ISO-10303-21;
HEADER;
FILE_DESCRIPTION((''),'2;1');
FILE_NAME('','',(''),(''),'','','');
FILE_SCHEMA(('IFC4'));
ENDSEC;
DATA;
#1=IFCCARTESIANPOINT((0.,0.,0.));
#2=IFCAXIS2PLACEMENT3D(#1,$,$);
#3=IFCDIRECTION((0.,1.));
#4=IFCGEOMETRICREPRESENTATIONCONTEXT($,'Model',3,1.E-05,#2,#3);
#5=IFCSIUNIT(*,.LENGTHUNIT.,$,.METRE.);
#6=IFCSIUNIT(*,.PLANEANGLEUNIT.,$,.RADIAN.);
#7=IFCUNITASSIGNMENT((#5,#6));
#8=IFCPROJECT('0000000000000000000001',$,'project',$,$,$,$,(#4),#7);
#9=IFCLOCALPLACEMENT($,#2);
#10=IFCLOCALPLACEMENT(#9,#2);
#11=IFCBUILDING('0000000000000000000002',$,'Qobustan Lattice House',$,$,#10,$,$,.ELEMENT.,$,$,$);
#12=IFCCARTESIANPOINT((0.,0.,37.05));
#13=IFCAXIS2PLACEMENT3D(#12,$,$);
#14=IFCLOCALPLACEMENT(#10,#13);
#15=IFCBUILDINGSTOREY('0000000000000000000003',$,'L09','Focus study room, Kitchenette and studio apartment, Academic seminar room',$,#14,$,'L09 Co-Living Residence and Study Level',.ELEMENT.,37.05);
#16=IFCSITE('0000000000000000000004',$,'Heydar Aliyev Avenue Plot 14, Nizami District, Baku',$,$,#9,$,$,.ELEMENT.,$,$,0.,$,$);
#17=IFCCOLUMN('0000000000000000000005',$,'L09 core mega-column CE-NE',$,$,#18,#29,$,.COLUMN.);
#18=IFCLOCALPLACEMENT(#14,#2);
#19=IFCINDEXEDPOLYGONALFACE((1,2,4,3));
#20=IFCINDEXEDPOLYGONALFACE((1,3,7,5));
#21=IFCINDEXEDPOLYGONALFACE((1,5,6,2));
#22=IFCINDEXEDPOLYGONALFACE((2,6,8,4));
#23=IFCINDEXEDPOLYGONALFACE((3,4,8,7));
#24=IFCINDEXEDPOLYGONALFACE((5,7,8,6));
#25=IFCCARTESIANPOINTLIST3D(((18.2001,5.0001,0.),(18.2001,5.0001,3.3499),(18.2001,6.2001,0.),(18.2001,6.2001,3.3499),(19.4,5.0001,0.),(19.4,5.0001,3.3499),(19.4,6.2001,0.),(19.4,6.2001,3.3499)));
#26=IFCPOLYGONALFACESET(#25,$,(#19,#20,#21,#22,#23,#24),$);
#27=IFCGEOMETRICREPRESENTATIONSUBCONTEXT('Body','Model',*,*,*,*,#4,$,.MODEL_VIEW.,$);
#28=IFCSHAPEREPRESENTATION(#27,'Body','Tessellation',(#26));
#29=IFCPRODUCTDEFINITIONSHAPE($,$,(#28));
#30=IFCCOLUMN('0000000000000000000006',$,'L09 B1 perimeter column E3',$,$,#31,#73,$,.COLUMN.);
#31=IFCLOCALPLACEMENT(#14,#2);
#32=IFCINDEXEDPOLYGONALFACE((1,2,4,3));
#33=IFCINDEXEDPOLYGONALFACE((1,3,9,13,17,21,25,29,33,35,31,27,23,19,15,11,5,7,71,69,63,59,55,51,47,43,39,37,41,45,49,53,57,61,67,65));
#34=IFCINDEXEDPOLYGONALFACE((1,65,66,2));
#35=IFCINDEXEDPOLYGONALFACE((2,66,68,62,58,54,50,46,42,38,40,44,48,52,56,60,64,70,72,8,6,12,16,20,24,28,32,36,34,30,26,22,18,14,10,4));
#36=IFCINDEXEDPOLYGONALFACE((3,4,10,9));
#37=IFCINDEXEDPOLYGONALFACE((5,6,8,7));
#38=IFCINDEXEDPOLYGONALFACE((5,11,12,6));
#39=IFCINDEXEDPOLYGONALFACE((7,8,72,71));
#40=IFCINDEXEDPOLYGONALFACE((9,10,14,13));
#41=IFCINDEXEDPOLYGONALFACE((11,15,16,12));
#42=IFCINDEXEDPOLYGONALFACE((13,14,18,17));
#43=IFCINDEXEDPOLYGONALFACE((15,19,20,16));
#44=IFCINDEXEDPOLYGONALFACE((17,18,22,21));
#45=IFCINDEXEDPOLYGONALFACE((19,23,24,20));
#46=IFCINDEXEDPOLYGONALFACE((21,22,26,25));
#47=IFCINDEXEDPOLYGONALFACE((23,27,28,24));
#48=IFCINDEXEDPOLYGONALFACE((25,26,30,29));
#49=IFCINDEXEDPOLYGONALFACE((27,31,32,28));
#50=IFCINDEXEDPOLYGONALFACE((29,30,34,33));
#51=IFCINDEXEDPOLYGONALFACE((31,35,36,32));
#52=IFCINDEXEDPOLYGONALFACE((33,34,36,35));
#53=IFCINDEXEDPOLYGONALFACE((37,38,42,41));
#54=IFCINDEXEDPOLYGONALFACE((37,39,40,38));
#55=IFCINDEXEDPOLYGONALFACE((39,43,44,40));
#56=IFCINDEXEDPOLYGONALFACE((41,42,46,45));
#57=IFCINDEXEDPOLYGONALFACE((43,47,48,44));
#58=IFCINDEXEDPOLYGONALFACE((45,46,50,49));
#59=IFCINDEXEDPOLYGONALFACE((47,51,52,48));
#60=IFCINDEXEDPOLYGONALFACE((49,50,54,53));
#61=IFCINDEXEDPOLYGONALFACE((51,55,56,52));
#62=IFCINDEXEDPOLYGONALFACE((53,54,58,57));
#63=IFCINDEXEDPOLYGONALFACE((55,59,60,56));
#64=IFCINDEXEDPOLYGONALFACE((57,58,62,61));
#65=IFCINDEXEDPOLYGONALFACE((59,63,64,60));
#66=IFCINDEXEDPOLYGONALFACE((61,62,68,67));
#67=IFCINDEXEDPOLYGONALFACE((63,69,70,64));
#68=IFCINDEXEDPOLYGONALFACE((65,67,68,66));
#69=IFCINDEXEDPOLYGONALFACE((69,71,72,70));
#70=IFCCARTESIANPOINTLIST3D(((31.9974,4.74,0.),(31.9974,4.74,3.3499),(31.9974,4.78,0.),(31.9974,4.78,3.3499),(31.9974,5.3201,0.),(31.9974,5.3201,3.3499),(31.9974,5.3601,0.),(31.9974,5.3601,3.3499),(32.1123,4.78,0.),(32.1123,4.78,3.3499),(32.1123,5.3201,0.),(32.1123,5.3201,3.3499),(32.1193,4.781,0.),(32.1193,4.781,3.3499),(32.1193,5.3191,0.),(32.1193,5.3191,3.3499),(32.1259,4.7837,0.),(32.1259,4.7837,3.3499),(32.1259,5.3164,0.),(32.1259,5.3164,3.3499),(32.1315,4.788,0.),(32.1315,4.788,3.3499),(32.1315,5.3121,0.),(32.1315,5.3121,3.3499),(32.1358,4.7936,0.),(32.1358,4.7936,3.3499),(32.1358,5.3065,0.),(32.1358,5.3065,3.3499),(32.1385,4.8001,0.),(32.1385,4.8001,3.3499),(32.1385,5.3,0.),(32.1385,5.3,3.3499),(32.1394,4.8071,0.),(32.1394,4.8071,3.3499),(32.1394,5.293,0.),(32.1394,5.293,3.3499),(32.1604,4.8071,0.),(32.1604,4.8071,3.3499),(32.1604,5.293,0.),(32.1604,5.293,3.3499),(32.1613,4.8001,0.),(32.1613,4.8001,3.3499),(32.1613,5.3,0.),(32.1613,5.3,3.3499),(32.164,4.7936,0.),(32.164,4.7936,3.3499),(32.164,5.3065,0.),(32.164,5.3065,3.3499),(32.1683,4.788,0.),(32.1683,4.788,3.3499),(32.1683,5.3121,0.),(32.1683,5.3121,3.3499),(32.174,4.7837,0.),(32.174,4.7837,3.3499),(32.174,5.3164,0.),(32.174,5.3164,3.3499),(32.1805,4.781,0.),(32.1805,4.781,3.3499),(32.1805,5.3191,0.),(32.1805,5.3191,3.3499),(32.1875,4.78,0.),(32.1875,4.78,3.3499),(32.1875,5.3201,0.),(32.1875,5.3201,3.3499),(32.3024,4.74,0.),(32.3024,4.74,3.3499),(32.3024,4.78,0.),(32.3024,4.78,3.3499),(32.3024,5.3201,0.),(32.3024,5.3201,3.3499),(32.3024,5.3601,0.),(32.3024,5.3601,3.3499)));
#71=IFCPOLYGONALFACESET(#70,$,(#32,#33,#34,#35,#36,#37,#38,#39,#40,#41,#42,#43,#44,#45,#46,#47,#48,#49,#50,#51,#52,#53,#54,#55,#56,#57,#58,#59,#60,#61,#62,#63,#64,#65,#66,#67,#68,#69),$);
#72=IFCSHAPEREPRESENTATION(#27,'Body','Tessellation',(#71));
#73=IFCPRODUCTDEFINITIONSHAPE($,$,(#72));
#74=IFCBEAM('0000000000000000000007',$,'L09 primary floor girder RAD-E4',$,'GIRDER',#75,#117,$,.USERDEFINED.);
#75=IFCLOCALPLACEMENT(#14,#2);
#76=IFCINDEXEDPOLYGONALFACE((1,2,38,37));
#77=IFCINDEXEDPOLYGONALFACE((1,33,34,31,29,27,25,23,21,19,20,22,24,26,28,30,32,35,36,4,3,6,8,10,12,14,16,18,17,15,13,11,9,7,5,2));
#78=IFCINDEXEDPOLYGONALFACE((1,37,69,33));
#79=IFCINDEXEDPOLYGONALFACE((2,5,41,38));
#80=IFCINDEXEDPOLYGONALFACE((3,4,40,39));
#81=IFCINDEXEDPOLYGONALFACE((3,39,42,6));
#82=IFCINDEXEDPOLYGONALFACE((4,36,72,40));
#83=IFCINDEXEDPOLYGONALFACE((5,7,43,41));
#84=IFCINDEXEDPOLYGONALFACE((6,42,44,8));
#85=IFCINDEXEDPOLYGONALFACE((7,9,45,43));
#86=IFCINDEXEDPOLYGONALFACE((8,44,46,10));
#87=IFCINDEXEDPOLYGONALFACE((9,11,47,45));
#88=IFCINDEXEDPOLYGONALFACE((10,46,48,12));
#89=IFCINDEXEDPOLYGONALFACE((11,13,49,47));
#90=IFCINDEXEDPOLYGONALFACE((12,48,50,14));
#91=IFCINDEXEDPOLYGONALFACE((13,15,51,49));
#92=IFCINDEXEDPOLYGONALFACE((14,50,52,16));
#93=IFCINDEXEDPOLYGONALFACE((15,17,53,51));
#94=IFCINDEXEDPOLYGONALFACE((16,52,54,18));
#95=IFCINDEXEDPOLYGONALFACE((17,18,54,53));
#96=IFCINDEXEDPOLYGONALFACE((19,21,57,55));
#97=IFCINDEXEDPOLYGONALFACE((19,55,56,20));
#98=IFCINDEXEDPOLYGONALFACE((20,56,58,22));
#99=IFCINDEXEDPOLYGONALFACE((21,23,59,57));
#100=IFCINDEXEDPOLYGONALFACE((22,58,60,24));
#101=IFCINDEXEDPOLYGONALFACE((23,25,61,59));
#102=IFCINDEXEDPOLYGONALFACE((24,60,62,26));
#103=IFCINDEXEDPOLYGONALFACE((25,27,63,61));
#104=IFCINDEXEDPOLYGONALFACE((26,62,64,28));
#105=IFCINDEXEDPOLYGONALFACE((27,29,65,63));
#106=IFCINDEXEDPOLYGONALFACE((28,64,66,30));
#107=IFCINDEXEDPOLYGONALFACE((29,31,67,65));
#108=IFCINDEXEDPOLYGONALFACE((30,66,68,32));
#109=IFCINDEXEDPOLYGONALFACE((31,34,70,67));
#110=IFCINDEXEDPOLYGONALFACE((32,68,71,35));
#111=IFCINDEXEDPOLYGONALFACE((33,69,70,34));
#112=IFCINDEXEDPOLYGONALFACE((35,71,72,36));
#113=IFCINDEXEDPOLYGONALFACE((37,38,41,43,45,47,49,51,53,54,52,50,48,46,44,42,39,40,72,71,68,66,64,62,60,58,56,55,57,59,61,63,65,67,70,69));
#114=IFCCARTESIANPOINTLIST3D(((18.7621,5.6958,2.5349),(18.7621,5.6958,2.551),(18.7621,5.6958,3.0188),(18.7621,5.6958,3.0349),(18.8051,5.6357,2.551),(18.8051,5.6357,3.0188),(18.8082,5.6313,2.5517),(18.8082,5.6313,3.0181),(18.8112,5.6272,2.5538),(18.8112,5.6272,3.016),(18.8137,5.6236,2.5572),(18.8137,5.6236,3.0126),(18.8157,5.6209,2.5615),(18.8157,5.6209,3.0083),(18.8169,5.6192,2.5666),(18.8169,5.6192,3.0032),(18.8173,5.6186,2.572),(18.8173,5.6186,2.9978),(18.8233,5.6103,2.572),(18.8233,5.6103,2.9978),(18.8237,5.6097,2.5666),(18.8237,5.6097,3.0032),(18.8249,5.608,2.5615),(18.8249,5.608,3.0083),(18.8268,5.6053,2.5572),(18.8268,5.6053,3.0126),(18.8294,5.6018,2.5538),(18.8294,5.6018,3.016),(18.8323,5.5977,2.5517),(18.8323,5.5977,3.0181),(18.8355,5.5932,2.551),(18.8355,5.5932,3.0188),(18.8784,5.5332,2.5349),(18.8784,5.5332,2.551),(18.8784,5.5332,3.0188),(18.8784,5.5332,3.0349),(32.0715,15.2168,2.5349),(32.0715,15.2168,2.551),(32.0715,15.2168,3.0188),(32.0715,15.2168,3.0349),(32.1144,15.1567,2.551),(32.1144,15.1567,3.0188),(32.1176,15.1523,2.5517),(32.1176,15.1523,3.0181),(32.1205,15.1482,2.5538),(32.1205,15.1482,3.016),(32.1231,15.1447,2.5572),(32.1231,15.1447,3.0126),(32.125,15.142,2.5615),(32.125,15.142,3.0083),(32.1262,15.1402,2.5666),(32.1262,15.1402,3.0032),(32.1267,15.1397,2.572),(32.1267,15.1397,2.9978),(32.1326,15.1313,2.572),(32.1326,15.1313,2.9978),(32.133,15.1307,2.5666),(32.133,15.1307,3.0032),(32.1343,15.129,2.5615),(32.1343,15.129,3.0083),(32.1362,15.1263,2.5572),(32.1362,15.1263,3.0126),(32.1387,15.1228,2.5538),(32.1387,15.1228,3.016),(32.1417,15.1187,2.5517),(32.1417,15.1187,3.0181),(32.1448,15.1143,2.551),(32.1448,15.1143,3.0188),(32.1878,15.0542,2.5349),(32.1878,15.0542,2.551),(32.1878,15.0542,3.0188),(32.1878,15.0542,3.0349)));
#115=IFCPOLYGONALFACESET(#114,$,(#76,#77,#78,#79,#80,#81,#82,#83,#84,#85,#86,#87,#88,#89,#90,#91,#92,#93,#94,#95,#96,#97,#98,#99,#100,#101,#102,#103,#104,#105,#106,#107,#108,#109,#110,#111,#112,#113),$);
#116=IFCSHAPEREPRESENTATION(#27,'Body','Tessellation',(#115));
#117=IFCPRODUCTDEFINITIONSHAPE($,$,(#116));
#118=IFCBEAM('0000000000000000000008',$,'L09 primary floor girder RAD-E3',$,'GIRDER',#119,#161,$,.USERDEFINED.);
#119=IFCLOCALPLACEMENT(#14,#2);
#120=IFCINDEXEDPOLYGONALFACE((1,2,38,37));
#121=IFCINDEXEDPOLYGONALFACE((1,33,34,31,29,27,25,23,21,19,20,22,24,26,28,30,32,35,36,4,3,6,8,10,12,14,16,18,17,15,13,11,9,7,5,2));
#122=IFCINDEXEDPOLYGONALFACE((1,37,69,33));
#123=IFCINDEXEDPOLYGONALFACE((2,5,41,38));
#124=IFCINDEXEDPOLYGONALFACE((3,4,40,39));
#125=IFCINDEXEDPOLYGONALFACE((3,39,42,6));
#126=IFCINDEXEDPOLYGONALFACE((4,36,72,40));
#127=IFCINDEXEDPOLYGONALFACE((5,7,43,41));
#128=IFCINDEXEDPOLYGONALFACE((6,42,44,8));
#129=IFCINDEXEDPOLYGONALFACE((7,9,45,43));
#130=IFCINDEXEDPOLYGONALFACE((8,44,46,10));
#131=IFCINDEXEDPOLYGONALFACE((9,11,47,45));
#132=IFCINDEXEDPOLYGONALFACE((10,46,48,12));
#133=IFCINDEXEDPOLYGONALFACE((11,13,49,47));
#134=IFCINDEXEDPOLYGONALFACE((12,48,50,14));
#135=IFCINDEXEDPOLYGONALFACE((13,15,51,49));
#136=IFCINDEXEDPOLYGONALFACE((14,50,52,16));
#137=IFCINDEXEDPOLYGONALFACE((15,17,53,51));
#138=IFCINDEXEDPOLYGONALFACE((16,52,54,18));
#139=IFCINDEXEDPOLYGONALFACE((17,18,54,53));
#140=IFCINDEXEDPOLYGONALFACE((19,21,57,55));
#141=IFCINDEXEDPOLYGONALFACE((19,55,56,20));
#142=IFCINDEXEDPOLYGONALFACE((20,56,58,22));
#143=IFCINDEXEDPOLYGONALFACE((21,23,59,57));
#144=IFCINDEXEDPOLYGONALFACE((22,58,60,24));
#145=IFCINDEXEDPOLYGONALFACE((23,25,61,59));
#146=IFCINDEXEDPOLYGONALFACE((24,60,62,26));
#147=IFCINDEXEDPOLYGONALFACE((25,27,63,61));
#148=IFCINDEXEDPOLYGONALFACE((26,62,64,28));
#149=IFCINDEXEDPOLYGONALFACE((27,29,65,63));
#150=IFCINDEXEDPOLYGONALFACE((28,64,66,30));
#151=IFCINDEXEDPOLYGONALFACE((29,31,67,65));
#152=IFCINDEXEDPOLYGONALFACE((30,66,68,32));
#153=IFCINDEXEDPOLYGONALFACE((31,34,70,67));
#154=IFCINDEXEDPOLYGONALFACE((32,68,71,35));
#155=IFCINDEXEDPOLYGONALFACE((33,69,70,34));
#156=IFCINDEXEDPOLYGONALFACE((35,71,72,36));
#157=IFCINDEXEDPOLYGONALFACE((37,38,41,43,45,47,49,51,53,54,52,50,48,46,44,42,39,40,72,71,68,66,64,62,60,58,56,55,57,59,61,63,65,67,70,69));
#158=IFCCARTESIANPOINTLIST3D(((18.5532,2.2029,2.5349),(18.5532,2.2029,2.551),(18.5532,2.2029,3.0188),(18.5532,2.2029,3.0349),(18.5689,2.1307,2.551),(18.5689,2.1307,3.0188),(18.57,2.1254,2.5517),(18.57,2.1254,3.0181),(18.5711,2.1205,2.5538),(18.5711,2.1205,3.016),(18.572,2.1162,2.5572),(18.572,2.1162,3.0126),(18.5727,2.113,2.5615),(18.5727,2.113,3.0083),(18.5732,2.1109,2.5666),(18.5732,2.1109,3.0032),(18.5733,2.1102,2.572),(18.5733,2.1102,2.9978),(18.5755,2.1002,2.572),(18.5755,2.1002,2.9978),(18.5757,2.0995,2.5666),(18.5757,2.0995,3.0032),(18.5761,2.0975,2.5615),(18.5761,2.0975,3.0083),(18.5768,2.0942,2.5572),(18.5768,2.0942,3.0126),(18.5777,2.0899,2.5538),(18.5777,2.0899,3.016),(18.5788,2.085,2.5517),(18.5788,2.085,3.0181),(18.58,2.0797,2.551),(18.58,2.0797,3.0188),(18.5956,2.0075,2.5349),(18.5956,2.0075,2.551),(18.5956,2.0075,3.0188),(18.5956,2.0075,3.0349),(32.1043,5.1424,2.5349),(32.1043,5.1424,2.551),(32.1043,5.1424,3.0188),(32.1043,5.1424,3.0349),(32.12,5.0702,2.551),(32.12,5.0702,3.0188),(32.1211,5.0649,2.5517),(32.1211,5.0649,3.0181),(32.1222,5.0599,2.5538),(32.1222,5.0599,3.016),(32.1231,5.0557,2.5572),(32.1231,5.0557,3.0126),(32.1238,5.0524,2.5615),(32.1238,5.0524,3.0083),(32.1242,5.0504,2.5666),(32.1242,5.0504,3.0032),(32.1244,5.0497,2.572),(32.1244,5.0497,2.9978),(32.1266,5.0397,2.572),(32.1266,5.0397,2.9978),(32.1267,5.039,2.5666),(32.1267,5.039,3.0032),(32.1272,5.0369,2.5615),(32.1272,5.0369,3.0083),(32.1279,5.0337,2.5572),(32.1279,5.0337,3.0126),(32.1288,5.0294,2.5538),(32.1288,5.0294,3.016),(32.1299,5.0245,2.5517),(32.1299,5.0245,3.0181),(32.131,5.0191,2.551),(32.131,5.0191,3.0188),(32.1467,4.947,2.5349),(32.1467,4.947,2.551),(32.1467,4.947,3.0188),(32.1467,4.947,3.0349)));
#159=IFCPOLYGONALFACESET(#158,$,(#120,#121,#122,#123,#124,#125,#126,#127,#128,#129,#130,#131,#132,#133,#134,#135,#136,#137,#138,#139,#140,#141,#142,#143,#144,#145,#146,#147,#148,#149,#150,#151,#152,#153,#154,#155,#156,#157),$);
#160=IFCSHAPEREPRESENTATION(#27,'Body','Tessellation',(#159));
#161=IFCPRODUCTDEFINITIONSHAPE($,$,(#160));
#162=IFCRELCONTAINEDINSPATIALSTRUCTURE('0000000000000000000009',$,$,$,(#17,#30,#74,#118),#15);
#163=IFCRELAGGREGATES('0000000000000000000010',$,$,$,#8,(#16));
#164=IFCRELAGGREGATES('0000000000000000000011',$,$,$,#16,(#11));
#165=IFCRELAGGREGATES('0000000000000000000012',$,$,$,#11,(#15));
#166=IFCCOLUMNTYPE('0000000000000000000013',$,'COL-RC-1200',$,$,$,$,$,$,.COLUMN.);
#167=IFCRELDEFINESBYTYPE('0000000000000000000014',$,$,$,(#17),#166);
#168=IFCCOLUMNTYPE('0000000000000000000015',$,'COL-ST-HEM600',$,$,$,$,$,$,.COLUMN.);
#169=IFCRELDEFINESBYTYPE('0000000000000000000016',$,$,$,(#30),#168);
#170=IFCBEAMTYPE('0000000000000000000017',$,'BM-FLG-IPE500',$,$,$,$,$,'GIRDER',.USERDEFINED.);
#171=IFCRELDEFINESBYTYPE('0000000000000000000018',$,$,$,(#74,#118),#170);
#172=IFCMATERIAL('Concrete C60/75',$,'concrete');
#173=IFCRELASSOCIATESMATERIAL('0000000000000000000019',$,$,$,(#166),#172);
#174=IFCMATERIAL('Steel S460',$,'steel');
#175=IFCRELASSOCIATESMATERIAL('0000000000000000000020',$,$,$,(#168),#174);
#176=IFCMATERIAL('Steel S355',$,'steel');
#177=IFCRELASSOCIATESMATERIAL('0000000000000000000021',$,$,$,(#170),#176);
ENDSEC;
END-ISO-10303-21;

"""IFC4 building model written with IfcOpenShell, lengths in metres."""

from ifc_helpers import new_model, si_unit, direction, frame, origin, origin_2d, place, context, subcontext, project, spatial, rectangle, i_section, extrude, material, material_profile, profile_set, type_object, element, save


model = new_model("IFC4")

# Units and contexts
model_context = context("Model", 3, precision=1e-05, world=origin(), true_north=direction((0.0, 1.0)))
body_context = subcontext(model_context, "Body", "Model", "MODEL_VIEW")
ifc_project = project(units=[si_unit("LENGTHUNIT", "METRE"), si_unit("PLANEANGLEUNIT", "RADIAN")], contexts=[model_context])

# Site, building, storey
site_placement = place(None, origin())
site = spatial("IfcSite", under=ifc_project, at=site_placement, Name="Heydar Aliyev Avenue Plot 14, Nizami District, Baku", CompositionType="ELEMENT", RefElevation=0.0)
building_placement = place(site_placement, origin())
building = spatial("IfcBuilding", under=site, at=building_placement, Name="Qobustan Lattice House", CompositionType="ELEMENT")
storey_placement = place(building_placement, frame((0.0, 0.0, 37.05)))
storey = spatial("IfcBuildingStorey", under=building, at=storey_placement, Name="L09", Description="Focus study room, Kitchenette and studio apartment, Academic seminar room", LongName="L09 Co-Living Residence and Study Level", CompositionType="ELEMENT", Elevation=37.05)

# Columns
ifc_material_1 = material(Name="Concrete C60/75", Category="concrete")
ifc_material_profile_1 = material_profile(ifc_material_1, rectangle(XDim=1.2, YDim=1.2, at=origin_2d()), Name="RC1200x1200")
ifc_profile_set_1 = profile_set([ifc_material_profile_1], Name="Concrete C60/75")
column_type_1 = type_object("IfcColumnType", Name="COL-RC-1200", PredefinedType="COLUMN", material=ifc_profile_set_1)
column_1_placement = place(storey_placement, frame((18.8, 5.6001, 0.0), z_axis=(0.0, 0.0, 1.0), x_axis=(1.0, 0.0, 0.0)))
element("IfcColumn", 1, at=column_1_placement, inside=storey, type_object=column_type_1, Name="L09 core mega-column CE-NE", PredefinedType="COLUMN", context=body_context, shape_type="SweptSolid", body=[
    extrude(rectangle(XDim=1.2, YDim=1.2, at=origin_2d()), origin(), (0.0, 0.0, 1.0), 3.3499),
])
ifc_material_2 = material(Name="Steel S460", Category="steel")
ifc_material_profile_2 = material_profile(ifc_material_2, i_section(OverallWidth=0.3049, OverallDepth=0.6201, WebThickness=0.021, FlangeThickness=0.04, FilletRadius=0.0271, at=origin_2d()), Name="HEM600")
ifc_profile_set_2 = profile_set([ifc_material_profile_2], Name="Steel S460")
column_type_2 = type_object("IfcColumnType", Name="COL-ST-HEM600", PredefinedType="COLUMN", material=ifc_profile_set_2)
column_2_placement = place(storey_placement, frame((32.1499, 5.05, 0.0), z_axis=(0.0, 0.0, 1.0), x_axis=(1.0, 0.0, 0.0)))
element("IfcColumn", 2, at=column_2_placement, inside=storey, type_object=column_type_2, Name="L09 B1 perimeter column E3", PredefinedType="COLUMN", context=body_context, shape_type="SweptSolid", body=[
    extrude(i_section(OverallWidth=0.3049, OverallDepth=0.6201, WebThickness=0.021, FlangeThickness=0.04, FilletRadius=0.0271, at=origin_2d()), origin(), (0.0, 0.0, 1.0), 3.3499),
])

# Beams
ifc_material_3 = material(Name="Steel S355", Category="steel")
ifc_material_profile_3 = material_profile(ifc_material_3, i_section(OverallWidth=0.2, OverallDepth=0.5, WebThickness=0.0103, FlangeThickness=0.0161, FilletRadius=0.021, at=origin_2d()), Name="IPE500")
ifc_profile_set_3 = profile_set([ifc_material_profile_3], Name="Steel S355")
beam_type_1 = type_object("IfcBeamType", Name="BM-FLG-IPE500", ElementType="GIRDER", PredefinedType="USERDEFINED", material=ifc_profile_set_3)
beam_1_placement = place(storey_placement, frame((32.1296, 15.1355, 2.7849), z_axis=(-0.813319, -0.581818, 0.0), x_axis=(0.581818, -0.813319, 0.0)))
element("IfcBeam", 3, at=beam_1_placement, inside=storey, type_object=beam_type_1, Name="L09 primary floor girder RAD-E4", ObjectType="GIRDER", PredefinedType="USERDEFINED", context=body_context, shape_type="SweptSolid", body=[
    extrude(i_section(OverallWidth=0.2, OverallDepth=0.5, WebThickness=0.0103, FlangeThickness=0.0161, FilletRadius=0.021, at=origin_2d()), origin(), (0.0, 0.0, 1.0), 16.3643),
])
beam_2_placement = place(storey_placement, frame((32.1255, 5.0447, 2.7849), z_axis=(-0.977272, -0.211987, 0.0), x_axis=(0.211987, -0.977272, 0.0)))
element("IfcBeam", 4, at=beam_2_placement, inside=storey, type_object=beam_type_1, Name="L09 primary floor girder RAD-E3", ObjectType="GIRDER", PredefinedType="USERDEFINED", context=body_context, shape_type="SweptSolid", body=[
    extrude(i_section(OverallWidth=0.2, OverallDepth=0.5, WebThickness=0.0103, FlangeThickness=0.0161, FilletRadius=0.021, at=origin_2d()), origin(), (0.0, 0.0, 1.0), 13.8662),
])

save(model, "model.ifc")
